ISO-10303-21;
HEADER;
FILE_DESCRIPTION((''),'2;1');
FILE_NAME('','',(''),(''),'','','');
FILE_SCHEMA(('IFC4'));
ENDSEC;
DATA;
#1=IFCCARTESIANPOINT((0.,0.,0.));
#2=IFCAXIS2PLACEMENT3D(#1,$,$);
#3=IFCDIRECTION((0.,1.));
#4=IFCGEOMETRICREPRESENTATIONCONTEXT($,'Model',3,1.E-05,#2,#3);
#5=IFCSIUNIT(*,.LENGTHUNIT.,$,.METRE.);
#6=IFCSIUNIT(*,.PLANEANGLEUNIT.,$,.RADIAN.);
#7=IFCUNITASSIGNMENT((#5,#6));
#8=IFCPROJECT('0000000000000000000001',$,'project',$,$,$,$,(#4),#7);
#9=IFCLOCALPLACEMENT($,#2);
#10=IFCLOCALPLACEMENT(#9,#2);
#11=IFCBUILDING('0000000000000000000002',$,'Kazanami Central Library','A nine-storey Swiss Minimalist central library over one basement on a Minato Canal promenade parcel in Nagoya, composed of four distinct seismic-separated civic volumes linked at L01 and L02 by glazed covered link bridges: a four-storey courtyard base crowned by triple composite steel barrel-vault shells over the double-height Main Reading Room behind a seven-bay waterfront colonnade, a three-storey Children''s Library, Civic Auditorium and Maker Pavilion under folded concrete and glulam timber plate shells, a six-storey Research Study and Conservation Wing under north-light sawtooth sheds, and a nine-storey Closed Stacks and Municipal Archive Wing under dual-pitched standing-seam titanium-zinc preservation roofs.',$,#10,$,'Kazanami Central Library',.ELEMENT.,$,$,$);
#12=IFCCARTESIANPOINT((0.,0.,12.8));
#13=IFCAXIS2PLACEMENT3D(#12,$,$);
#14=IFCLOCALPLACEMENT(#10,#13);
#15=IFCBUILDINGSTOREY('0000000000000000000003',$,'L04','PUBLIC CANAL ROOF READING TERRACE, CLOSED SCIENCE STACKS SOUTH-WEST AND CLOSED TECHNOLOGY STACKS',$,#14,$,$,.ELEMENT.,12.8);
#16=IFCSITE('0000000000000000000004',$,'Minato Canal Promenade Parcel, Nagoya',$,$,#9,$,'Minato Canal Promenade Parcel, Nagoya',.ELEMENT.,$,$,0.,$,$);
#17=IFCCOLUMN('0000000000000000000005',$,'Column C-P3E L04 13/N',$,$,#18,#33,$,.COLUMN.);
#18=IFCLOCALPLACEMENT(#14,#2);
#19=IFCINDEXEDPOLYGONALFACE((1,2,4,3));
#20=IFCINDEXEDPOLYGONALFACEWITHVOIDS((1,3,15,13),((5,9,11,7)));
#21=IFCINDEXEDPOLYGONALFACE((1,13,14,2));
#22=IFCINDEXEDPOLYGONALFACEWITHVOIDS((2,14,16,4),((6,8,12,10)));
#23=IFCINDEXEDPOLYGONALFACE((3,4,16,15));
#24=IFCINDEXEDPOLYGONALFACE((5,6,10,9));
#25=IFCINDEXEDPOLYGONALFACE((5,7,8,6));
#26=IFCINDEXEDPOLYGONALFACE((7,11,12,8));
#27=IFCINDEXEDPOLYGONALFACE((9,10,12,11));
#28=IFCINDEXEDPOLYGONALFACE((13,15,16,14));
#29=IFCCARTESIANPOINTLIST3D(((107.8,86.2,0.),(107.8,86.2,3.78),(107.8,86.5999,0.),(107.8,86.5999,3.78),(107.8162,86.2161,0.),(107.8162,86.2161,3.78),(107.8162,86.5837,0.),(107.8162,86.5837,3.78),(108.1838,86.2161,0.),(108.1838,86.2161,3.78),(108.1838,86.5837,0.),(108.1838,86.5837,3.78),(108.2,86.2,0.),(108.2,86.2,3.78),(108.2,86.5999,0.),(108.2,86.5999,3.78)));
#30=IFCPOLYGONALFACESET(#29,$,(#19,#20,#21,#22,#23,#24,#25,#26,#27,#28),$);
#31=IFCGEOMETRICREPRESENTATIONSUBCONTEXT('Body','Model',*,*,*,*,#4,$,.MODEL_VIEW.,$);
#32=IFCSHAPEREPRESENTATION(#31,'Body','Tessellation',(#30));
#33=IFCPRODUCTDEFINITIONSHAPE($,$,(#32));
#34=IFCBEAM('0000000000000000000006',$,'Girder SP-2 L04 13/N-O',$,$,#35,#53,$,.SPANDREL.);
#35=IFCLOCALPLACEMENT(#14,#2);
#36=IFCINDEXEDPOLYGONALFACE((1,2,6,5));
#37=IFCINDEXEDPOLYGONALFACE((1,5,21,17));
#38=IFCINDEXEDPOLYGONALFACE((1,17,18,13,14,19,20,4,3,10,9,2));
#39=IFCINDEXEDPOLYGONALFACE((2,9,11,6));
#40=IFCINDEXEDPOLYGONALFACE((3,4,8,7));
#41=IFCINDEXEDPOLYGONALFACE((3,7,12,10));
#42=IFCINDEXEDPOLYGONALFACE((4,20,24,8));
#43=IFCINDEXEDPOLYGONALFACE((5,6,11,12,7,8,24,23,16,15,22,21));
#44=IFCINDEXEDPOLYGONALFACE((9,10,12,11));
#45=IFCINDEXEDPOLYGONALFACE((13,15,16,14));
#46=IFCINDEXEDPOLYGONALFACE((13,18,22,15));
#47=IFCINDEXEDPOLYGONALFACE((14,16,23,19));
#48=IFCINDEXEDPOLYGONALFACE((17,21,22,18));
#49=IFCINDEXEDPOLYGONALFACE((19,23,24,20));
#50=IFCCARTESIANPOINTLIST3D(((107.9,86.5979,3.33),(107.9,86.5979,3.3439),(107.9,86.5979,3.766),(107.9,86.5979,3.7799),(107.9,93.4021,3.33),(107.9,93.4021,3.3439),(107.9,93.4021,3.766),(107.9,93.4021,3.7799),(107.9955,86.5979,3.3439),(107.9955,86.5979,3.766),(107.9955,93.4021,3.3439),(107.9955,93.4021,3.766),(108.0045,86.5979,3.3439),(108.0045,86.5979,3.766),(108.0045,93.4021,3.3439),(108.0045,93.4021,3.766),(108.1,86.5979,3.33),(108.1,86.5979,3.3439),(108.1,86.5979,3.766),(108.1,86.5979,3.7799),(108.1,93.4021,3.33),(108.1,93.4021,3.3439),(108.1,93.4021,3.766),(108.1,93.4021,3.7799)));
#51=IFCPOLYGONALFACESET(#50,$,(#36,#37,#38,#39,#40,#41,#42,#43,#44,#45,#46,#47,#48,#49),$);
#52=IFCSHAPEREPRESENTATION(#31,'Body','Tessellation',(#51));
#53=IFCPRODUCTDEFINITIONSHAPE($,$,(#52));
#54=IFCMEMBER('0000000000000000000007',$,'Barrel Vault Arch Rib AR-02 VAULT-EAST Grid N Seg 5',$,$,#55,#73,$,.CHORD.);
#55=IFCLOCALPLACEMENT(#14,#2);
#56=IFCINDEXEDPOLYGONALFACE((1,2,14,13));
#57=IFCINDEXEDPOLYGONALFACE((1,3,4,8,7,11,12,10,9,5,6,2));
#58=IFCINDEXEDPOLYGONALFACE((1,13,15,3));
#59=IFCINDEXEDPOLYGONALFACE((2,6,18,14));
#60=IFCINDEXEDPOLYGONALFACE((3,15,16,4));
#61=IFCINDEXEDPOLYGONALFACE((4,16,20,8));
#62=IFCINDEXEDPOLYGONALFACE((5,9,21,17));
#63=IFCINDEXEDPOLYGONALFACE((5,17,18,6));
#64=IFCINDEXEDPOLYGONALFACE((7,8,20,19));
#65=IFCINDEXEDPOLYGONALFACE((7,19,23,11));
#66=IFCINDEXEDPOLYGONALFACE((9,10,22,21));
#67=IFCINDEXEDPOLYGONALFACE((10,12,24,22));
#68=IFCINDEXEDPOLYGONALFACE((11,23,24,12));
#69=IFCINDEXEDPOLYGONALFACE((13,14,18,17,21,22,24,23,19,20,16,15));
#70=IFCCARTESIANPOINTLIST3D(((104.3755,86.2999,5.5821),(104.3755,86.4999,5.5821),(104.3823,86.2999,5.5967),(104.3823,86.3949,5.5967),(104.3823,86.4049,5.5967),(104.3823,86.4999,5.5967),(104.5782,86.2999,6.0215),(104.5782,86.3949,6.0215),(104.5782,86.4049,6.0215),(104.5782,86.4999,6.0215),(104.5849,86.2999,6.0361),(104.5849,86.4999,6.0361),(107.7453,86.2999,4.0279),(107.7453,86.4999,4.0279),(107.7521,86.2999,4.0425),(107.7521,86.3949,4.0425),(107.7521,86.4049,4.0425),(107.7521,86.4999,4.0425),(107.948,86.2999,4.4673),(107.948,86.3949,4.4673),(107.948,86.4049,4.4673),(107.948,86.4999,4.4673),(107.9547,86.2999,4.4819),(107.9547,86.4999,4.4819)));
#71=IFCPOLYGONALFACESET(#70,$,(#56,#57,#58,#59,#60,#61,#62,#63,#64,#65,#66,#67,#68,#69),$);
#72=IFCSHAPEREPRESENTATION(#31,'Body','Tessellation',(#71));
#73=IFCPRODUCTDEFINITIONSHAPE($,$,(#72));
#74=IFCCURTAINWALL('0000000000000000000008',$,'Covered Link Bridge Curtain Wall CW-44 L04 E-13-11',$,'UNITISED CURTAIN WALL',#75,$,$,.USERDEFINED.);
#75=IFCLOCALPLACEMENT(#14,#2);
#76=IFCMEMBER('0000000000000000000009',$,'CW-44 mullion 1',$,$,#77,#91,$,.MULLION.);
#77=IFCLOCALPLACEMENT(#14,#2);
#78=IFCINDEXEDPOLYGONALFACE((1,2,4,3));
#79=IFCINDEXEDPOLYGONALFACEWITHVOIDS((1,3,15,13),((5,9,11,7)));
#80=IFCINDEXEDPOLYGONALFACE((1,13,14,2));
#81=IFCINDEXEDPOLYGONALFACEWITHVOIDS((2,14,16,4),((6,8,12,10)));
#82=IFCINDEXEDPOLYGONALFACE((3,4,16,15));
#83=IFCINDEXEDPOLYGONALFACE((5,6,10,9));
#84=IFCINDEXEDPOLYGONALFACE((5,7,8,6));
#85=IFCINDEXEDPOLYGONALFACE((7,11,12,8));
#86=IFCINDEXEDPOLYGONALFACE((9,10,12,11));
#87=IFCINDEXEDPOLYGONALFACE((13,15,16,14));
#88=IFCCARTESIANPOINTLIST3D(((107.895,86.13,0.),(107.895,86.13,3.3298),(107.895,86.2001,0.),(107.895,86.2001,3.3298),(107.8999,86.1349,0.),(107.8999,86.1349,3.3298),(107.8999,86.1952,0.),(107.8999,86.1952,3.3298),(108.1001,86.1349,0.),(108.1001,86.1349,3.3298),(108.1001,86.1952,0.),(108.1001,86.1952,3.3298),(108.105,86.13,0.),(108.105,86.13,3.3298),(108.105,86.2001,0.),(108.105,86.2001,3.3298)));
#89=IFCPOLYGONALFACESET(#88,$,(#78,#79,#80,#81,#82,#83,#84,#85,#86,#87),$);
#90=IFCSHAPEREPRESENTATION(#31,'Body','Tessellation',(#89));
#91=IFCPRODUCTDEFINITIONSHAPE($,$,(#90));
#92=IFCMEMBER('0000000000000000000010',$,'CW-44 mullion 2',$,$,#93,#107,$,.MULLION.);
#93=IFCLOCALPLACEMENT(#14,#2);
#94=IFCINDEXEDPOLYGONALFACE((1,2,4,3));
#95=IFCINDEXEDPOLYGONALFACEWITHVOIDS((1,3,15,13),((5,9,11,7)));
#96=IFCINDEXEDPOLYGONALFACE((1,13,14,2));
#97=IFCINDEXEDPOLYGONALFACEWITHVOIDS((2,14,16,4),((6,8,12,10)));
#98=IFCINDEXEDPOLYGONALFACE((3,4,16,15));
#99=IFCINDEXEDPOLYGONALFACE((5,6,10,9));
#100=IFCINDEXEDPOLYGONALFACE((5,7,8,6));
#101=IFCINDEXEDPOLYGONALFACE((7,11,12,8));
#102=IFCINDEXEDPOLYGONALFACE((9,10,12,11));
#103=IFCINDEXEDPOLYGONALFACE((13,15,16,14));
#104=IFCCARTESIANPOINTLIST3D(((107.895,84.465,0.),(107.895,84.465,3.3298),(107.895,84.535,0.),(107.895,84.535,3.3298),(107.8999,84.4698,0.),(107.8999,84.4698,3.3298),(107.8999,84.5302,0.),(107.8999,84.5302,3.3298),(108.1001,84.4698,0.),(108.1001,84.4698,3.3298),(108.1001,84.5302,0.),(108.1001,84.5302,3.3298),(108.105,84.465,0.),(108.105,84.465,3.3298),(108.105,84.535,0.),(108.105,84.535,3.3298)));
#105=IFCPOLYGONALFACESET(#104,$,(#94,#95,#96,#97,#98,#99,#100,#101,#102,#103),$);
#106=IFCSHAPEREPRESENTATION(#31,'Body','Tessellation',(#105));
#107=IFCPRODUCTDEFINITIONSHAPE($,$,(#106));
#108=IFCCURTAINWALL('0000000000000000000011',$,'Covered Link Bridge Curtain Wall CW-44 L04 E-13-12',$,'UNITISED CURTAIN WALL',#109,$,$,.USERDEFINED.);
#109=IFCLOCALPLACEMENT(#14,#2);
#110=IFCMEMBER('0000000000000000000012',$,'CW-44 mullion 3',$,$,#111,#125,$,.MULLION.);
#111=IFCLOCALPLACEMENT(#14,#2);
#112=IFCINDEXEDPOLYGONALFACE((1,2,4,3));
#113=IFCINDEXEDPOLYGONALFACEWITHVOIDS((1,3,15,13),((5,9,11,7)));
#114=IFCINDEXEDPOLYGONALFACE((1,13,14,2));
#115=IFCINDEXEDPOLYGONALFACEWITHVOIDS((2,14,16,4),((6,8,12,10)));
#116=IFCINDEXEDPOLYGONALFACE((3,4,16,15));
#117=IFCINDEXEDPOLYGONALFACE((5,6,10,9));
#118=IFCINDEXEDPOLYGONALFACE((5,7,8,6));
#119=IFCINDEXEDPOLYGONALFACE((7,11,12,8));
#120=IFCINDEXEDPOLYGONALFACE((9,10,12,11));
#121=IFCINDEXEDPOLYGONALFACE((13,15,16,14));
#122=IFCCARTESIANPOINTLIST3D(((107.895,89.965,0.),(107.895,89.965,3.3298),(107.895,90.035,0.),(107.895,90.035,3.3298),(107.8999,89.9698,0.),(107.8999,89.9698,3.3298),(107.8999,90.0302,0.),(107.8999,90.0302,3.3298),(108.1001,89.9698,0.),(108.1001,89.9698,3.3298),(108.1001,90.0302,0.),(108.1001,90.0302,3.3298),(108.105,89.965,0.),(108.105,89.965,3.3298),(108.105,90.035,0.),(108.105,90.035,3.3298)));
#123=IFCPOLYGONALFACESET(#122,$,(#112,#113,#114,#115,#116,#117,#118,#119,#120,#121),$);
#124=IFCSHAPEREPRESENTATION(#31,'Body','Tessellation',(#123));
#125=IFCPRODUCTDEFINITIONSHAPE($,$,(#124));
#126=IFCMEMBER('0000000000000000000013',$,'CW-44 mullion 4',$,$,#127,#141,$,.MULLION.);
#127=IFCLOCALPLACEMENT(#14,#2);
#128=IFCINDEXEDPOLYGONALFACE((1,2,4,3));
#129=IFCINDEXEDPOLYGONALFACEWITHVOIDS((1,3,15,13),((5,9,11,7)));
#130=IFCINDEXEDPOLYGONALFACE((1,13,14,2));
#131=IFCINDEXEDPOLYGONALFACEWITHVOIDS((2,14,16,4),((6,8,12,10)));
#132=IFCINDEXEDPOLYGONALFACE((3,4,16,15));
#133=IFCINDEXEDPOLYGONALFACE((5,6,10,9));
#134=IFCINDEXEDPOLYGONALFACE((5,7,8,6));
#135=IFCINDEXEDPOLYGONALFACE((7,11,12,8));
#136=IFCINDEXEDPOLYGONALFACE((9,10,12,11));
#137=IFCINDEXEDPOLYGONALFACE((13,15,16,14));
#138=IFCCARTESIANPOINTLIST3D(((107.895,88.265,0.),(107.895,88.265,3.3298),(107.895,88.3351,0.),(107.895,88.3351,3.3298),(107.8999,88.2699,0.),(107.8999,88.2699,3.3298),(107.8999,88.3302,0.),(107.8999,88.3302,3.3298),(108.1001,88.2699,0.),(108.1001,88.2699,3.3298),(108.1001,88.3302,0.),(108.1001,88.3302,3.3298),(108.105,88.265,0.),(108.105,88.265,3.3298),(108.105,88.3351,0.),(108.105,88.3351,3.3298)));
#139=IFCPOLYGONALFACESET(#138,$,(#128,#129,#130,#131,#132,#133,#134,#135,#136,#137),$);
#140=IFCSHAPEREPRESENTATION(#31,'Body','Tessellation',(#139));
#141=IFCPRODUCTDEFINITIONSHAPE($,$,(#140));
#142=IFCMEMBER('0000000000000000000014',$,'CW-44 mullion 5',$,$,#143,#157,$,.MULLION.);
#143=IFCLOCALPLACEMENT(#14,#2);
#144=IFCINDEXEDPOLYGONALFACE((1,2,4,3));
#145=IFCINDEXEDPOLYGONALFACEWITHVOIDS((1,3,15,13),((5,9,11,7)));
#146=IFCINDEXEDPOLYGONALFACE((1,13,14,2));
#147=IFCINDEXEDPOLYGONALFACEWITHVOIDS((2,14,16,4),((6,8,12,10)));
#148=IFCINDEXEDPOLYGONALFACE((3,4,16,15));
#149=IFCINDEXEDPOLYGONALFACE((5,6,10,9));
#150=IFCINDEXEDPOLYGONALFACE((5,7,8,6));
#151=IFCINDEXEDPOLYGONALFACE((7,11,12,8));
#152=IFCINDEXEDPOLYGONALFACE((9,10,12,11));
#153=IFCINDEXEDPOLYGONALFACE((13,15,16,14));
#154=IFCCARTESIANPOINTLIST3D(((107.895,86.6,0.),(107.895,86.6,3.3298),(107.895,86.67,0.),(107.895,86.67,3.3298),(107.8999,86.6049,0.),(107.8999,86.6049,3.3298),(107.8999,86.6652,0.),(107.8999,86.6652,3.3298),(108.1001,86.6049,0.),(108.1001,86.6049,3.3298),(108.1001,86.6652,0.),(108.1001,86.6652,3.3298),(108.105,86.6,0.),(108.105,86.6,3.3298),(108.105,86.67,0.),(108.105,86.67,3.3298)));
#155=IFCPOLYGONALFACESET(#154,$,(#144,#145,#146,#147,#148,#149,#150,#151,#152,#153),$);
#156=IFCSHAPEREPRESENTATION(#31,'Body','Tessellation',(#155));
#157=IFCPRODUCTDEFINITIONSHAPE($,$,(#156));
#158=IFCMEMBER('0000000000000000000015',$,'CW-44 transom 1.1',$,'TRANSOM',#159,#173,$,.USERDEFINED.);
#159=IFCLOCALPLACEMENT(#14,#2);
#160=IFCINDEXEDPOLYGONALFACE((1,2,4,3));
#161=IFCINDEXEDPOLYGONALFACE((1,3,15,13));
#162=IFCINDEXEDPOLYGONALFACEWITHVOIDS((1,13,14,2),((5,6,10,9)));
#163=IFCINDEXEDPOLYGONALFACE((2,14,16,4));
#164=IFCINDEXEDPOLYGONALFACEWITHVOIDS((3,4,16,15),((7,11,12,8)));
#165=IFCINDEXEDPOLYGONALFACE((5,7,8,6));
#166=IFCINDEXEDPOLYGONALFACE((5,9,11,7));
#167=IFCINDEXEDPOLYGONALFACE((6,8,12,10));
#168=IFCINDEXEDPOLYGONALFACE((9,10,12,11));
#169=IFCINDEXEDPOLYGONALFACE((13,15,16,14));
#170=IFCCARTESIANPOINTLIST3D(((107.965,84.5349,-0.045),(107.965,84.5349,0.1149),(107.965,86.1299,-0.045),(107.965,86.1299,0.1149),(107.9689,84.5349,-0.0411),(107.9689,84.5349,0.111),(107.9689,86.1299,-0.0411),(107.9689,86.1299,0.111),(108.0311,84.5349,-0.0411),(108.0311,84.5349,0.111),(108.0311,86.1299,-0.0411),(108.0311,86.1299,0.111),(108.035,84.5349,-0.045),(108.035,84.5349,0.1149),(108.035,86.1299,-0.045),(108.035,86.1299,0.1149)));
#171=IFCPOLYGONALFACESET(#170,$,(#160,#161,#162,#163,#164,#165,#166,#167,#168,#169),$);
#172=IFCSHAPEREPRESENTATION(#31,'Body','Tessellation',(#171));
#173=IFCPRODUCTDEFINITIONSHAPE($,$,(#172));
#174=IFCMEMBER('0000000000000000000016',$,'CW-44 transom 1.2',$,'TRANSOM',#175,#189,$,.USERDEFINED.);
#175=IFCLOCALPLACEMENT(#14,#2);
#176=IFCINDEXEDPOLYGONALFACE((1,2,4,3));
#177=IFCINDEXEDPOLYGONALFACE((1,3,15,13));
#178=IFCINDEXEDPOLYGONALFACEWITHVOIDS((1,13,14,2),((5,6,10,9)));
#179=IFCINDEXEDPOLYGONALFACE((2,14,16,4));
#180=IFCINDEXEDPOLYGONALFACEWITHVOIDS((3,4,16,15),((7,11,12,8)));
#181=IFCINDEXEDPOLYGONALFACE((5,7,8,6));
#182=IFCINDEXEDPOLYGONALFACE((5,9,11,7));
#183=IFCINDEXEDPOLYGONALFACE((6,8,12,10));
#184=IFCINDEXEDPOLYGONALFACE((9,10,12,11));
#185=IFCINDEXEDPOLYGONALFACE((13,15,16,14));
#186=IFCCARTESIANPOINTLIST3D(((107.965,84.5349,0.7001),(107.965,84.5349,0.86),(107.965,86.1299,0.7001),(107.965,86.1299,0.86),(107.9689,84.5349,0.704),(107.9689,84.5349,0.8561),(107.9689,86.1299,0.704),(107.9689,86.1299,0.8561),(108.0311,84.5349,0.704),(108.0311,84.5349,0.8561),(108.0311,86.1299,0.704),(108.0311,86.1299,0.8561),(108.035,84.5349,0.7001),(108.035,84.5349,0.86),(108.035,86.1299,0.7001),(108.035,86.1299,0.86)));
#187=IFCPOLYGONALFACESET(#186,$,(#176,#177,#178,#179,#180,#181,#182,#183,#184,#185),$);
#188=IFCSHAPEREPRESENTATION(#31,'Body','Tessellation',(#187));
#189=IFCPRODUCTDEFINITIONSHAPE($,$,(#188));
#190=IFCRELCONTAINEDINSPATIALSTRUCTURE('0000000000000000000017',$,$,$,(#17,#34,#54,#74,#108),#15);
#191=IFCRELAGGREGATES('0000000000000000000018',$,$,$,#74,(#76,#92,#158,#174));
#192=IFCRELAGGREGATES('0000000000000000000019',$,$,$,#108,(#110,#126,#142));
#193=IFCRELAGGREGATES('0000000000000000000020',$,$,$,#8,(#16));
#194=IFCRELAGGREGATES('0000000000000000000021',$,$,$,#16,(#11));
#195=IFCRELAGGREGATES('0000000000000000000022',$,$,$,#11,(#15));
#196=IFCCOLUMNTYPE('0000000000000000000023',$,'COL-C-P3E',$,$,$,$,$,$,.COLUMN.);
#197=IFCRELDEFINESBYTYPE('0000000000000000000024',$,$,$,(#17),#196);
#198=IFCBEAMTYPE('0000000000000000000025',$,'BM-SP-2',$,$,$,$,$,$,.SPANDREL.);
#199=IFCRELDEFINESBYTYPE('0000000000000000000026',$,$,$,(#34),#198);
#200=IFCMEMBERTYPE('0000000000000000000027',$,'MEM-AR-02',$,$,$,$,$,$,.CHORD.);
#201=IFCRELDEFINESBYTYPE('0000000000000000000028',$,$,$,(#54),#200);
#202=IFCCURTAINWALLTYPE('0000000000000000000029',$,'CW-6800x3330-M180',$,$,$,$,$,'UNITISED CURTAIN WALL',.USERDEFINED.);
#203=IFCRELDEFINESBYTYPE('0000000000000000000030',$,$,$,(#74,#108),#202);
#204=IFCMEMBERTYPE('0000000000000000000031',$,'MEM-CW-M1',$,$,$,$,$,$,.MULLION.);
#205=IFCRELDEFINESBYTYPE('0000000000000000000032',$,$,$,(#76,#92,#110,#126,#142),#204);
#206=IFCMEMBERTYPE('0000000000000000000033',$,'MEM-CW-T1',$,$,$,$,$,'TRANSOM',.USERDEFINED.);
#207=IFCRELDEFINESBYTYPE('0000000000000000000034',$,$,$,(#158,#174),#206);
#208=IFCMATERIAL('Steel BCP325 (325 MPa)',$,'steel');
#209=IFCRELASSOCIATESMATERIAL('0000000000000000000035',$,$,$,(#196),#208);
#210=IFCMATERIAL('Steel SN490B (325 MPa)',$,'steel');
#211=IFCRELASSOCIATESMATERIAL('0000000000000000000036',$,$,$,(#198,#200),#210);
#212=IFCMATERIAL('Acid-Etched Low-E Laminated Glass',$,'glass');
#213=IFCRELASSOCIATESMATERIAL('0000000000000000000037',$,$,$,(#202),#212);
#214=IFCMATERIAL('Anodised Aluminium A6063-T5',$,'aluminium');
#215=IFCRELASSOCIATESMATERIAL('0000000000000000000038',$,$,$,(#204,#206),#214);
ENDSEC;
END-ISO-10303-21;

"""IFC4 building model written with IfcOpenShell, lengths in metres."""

from ifc_helpers import new_model, si_unit, direction, frame, origin, origin_2d, place, context, subcontext, project, spatial, hollow_rectangle, i_section, extrude, material, material_profile, profile_set, type_object, element, aggregate, save


model = new_model("IFC4")

# Units and contexts
model_context = context("Model", 3, precision=1e-05, world=origin(), true_north=direction((0.0, 1.0)))
body_context = subcontext(model_context, "Body", "Model", "MODEL_VIEW")
ifc_project = project(units=[si_unit("LENGTHUNIT", "METRE"), si_unit("PLANEANGLEUNIT", "RADIAN")], contexts=[model_context])

# Site, building, storey
site_placement = place(None, origin())
site = spatial("IfcSite", under=ifc_project, at=site_placement, Name="Minato Canal Promenade Parcel, Nagoya", LongName="Minato Canal Promenade Parcel, Nagoya", CompositionType="ELEMENT", RefElevation=0.0)
building_placement = place(site_placement, origin())
building = spatial("IfcBuilding", under=site, at=building_placement, Name="Kazanami Central Library", Description="A nine-storey Swiss Minimalist central library over one basement on a Minato Canal promenade parcel in Nagoya, composed of four distinct seismic-separated civic volumes linked at L01 and L02 by glazed covered link bridges: a four-storey courtyard base crowned by triple composite steel barrel-vault shells over the double-height Main Reading Room behind a seven-bay waterfront colonnade, a three-storey Children's Library, Civic Auditorium and Maker Pavilion under folded concrete and glulam timber plate shells, a six-storey Research Study and Conservation Wing under north-light sawtooth sheds, and a nine-storey Closed Stacks and Municipal Archive Wing under dual-pitched standing-seam titanium-zinc preservation roofs.", LongName="Kazanami Central Library", CompositionType="ELEMENT")
storey_placement = place(building_placement, frame((0.0, 0.0, 12.8)))
storey = spatial("IfcBuildingStorey", under=building, at=storey_placement, Name="L04", Description="PUBLIC CANAL ROOF READING TERRACE, CLOSED SCIENCE STACKS SOUTH-WEST AND CLOSED TECHNOLOGY STACKS", CompositionType="ELEMENT", Elevation=12.8)

# Column
ifc_material_1 = material(Name="Steel BCP325 (325 MPa)", Category="steel")
ifc_material_profile_1 = material_profile(ifc_material_1, hollow_rectangle(XDim=0.3999, YDim=0.3999, WallThickness=0.0161, at=origin_2d()), Name="BCP-400x400x16")
ifc_profile_set_1 = profile_set([ifc_material_profile_1], Name="Steel BCP325 (325 MPa)")
column_type = type_object("IfcColumnType", Name="COL-C-P3E", PredefinedType="COLUMN", material=ifc_profile_set_1)
column_placement = place(storey_placement, frame((108.0, 86.3999, 0.0), z_axis=(0.0, 0.0, 1.0), x_axis=(1.0, 0.0, 0.0)))
element("IfcColumn", 1, at=column_placement, inside=storey, type_object=column_type, Name="Column C-P3E L04 13/N", PredefinedType="COLUMN", context=body_context, shape_type="SweptSolid", body=[
    extrude(hollow_rectangle(XDim=0.3999, YDim=0.3999, WallThickness=0.0161, at=origin_2d()), origin(), (0.0, 0.0, 1.0), 3.78),
])

# Beam
ifc_material_2 = material(Name="Steel SN490B (325 MPa)", Category="steel")
ifc_material_profile_2 = material_profile(ifc_material_2, i_section(OverallWidth=0.2, OverallDepth=0.45, WebThickness=0.009, FlangeThickness=0.0139, at=origin_2d()), Name="H-450x200x9x14")
ifc_profile_set_2 = profile_set([ifc_material_profile_2], Name="Steel SN490B (325 MPa)")
beam_type = type_object("IfcBeamType", Name="BM-SP-2", PredefinedType="SPANDREL", material=ifc_profile_set_2)
beam_placement = place(storey_placement, frame((108.0, 86.5979, 3.5549), z_axis=(0.0, 1.0, 0.0), x_axis=(-1.0, 0.0, 0.0)))
element("IfcBeam", 2, at=beam_placement, inside=storey, type_object=beam_type, Name="Girder SP-2 L04 13/N-O", PredefinedType="SPANDREL", context=body_context, shape_type="SweptSolid", body=[
    extrude(i_section(OverallWidth=0.2, OverallDepth=0.45, WebThickness=0.009, FlangeThickness=0.0139, at=origin_2d()), origin(), (0.0, 0.0, 1.0), 6.8042),
])

# Member
ifc_material_profile_3 = material_profile(ifc_material_2, i_section(OverallWidth=0.2, OverallDepth=0.5, WebThickness=0.01, FlangeThickness=0.0161, at=origin_2d()), Name="H-500x200x10x16")
ifc_profile_set_3 = profile_set([ifc_material_profile_3], Name="Steel SN490B (325 MPa)")
member_type_1 = type_object("IfcMemberType", Name="MEM-AR-02", PredefinedType="CHORD", material=ifc_profile_set_3)
member_1_placement = place(storey_placement, frame((104.4802, 86.3999, 5.8091), z_axis=(0.908075, 0.0, -0.418808), x_axis=(0.0, 1.0, 0.0)))
element("IfcMember", 3, at=member_1_placement, inside=storey, type_object=member_type_1, Name="Barrel Vault Arch Rib AR-02 VAULT-EAST Grid N Seg 5", PredefinedType="CHORD", context=body_context, shape_type="SweptSolid", body=[
    extrude(i_section(OverallWidth=0.2, OverallDepth=0.5, WebThickness=0.01, FlangeThickness=0.0161, at=origin_2d()), origin(), (0.0, 0.0, 1.0), 3.7109),
])

# Curtain walls, members
ifc_material_3 = material(Name="Acid-Etched Low-E Laminated Glass", Category="glass")
curtain_wall_type = type_object("IfcCurtainWallType", Name="CW-6800x3330-M180", ElementType="UNITISED CURTAIN WALL", PredefinedType="USERDEFINED", material=ifc_material_3)
curtain_wall_1_placement = place(storey_placement, origin())
curtain_wall_1 = element("IfcCurtainWall", 4, at=curtain_wall_1_placement, inside=storey, type_object=curtain_wall_type, Name="Covered Link Bridge Curtain Wall CW-44 L04 E-13-11", ObjectType="UNITISED CURTAIN WALL", PredefinedType="USERDEFINED")
ifc_material_4 = material(Name="Anodised Aluminium A6063-T5", Category="aluminium")
ifc_material_profile_4 = material_profile(ifc_material_4, hollow_rectangle(XDim=0.0701, YDim=0.21, WallThickness=0.0049, at=origin_2d()), Name="ALU-MULL-70x210x5")
ifc_profile_set_4 = profile_set([ifc_material_profile_4], Name="Anodised Aluminium A6063-T5")
member_type_2 = type_object("IfcMemberType", Name="MEM-CW-M1", PredefinedType="MULLION", material=ifc_profile_set_4)
member_2_placement = place(storey_placement, frame((108.0, 86.165, 0.0), z_axis=(0.0, 0.0, 1.0), x_axis=(0.0, -1.0, 0.0)))
member_2 = element("IfcMember", 5, at=member_2_placement, type_object=member_type_2, Name="CW-44 mullion 1", PredefinedType="MULLION", context=body_context, shape_type="SweptSolid", body=[
    extrude(hollow_rectangle(XDim=0.0701, YDim=0.21, WallThickness=0.0049, at=origin_2d()), origin(), (0.0, 0.0, 1.0), 3.3298),
])
member_3_placement = place(storey_placement, frame((108.0, 84.5, 0.0), z_axis=(0.0, 0.0, 1.0), x_axis=(0.0, -1.0, 0.0)))
member_3 = element("IfcMember", 6, at=member_3_placement, type_object=member_type_2, Name="CW-44 mullion 2", PredefinedType="MULLION", context=body_context, shape_type="SweptSolid", body=[
    extrude(hollow_rectangle(XDim=0.0701, YDim=0.21, WallThickness=0.0049, at=origin_2d()), origin(), (0.0, 0.0, 1.0), 3.3298),
])
curtain_wall_2_placement = place(storey_placement, origin())
curtain_wall_2 = element("IfcCurtainWall", 7, at=curtain_wall_2_placement, inside=storey, type_object=curtain_wall_type, Name="Covered Link Bridge Curtain Wall CW-44 L04 E-13-12", ObjectType="UNITISED CURTAIN WALL", PredefinedType="USERDEFINED")
member_4_placement = place(storey_placement, frame((108.0, 90.0, 0.0), z_axis=(0.0, 0.0, 1.0), x_axis=(0.0, -1.0, 0.0)))
member_4 = element("IfcMember", 8, at=member_4_placement, type_object=member_type_2, Name="CW-44 mullion 3", PredefinedType="MULLION", context=body_context, shape_type="SweptSolid", body=[
    extrude(hollow_rectangle(XDim=0.0701, YDim=0.21, WallThickness=0.0049, at=origin_2d()), origin(), (0.0, 0.0, 1.0), 3.3298),
])
member_5_placement = place(storey_placement, frame((108.0, 88.3, 0.0), z_axis=(0.0, 0.0, 1.0), x_axis=(0.0, -1.0, 0.0)))
member_5 = element("IfcMember", 9, at=member_5_placement, type_object=member_type_2, Name="CW-44 mullion 4", PredefinedType="MULLION", context=body_context, shape_type="SweptSolid", body=[
    extrude(hollow_rectangle(XDim=0.0701, YDim=0.21, WallThickness=0.0049, at=origin_2d()), origin(), (0.0, 0.0, 1.0), 3.3298),
])
member_6_placement = place(storey_placement, frame((108.0, 86.635, 0.0), z_axis=(0.0, 0.0, 1.0), x_axis=(0.0, -1.0, 0.0)))
member_6 = element("IfcMember", 10, at=member_6_placement, type_object=member_type_2, Name="CW-44 mullion 5", PredefinedType="MULLION", context=body_context, shape_type="SweptSolid", body=[
    extrude(hollow_rectangle(XDim=0.0701, YDim=0.21, WallThickness=0.0049, at=origin_2d()), origin(), (0.0, 0.0, 1.0), 3.3298),
])

# Members
ifc_material_profile_5 = material_profile(ifc_material_4, hollow_rectangle(XDim=0.0701, YDim=0.1599, WallThickness=0.0039, at=origin_2d()), Name="ALU-TRAN-70x160x4")
ifc_profile_set_5 = profile_set([ifc_material_profile_5], Name="Anodised Aluminium A6063-T5")
member_type_3 = type_object("IfcMemberType", Name="MEM-CW-T1", ElementType="TRANSOM", PredefinedType="USERDEFINED", material=ifc_profile_set_5)
member_7_placement = place(storey_placement, frame((108.0, 86.1299, 0.0349), z_axis=(0.0, -1.0, 0.0), x_axis=(1.0, 0.0, 0.0)))
member_7 = element("IfcMember", 11, at=member_7_placement, type_object=member_type_3, Name="CW-44 transom 1.1", ObjectType="TRANSOM", PredefinedType="USERDEFINED", context=body_context, shape_type="SweptSolid", body=[
    extrude(hollow_rectangle(XDim=0.0701, YDim=0.1599, WallThickness=0.0039, at=origin_2d()), origin(), (0.0, 0.0, 1.0), 1.595),
])
member_8_placement = place(storey_placement, frame((108.0, 86.1299, 0.78), z_axis=(0.0, -1.0, 0.0), x_axis=(1.0, 0.0, 0.0)))
member_8 = element("IfcMember", 12, at=member_8_placement, type_object=member_type_3, Name="CW-44 transom 1.2", ObjectType="TRANSOM", PredefinedType="USERDEFINED", context=body_context, shape_type="SweptSolid", body=[
    extrude(hollow_rectangle(XDim=0.0701, YDim=0.1599, WallThickness=0.0039, at=origin_2d()), origin(), (0.0, 0.0, 1.0), 1.595),
])

aggregate(curtain_wall_1, [member_2, member_3, member_7, member_8])
aggregate(curtain_wall_2, [member_4, member_5, member_6])

save(model, "model.ifc")
